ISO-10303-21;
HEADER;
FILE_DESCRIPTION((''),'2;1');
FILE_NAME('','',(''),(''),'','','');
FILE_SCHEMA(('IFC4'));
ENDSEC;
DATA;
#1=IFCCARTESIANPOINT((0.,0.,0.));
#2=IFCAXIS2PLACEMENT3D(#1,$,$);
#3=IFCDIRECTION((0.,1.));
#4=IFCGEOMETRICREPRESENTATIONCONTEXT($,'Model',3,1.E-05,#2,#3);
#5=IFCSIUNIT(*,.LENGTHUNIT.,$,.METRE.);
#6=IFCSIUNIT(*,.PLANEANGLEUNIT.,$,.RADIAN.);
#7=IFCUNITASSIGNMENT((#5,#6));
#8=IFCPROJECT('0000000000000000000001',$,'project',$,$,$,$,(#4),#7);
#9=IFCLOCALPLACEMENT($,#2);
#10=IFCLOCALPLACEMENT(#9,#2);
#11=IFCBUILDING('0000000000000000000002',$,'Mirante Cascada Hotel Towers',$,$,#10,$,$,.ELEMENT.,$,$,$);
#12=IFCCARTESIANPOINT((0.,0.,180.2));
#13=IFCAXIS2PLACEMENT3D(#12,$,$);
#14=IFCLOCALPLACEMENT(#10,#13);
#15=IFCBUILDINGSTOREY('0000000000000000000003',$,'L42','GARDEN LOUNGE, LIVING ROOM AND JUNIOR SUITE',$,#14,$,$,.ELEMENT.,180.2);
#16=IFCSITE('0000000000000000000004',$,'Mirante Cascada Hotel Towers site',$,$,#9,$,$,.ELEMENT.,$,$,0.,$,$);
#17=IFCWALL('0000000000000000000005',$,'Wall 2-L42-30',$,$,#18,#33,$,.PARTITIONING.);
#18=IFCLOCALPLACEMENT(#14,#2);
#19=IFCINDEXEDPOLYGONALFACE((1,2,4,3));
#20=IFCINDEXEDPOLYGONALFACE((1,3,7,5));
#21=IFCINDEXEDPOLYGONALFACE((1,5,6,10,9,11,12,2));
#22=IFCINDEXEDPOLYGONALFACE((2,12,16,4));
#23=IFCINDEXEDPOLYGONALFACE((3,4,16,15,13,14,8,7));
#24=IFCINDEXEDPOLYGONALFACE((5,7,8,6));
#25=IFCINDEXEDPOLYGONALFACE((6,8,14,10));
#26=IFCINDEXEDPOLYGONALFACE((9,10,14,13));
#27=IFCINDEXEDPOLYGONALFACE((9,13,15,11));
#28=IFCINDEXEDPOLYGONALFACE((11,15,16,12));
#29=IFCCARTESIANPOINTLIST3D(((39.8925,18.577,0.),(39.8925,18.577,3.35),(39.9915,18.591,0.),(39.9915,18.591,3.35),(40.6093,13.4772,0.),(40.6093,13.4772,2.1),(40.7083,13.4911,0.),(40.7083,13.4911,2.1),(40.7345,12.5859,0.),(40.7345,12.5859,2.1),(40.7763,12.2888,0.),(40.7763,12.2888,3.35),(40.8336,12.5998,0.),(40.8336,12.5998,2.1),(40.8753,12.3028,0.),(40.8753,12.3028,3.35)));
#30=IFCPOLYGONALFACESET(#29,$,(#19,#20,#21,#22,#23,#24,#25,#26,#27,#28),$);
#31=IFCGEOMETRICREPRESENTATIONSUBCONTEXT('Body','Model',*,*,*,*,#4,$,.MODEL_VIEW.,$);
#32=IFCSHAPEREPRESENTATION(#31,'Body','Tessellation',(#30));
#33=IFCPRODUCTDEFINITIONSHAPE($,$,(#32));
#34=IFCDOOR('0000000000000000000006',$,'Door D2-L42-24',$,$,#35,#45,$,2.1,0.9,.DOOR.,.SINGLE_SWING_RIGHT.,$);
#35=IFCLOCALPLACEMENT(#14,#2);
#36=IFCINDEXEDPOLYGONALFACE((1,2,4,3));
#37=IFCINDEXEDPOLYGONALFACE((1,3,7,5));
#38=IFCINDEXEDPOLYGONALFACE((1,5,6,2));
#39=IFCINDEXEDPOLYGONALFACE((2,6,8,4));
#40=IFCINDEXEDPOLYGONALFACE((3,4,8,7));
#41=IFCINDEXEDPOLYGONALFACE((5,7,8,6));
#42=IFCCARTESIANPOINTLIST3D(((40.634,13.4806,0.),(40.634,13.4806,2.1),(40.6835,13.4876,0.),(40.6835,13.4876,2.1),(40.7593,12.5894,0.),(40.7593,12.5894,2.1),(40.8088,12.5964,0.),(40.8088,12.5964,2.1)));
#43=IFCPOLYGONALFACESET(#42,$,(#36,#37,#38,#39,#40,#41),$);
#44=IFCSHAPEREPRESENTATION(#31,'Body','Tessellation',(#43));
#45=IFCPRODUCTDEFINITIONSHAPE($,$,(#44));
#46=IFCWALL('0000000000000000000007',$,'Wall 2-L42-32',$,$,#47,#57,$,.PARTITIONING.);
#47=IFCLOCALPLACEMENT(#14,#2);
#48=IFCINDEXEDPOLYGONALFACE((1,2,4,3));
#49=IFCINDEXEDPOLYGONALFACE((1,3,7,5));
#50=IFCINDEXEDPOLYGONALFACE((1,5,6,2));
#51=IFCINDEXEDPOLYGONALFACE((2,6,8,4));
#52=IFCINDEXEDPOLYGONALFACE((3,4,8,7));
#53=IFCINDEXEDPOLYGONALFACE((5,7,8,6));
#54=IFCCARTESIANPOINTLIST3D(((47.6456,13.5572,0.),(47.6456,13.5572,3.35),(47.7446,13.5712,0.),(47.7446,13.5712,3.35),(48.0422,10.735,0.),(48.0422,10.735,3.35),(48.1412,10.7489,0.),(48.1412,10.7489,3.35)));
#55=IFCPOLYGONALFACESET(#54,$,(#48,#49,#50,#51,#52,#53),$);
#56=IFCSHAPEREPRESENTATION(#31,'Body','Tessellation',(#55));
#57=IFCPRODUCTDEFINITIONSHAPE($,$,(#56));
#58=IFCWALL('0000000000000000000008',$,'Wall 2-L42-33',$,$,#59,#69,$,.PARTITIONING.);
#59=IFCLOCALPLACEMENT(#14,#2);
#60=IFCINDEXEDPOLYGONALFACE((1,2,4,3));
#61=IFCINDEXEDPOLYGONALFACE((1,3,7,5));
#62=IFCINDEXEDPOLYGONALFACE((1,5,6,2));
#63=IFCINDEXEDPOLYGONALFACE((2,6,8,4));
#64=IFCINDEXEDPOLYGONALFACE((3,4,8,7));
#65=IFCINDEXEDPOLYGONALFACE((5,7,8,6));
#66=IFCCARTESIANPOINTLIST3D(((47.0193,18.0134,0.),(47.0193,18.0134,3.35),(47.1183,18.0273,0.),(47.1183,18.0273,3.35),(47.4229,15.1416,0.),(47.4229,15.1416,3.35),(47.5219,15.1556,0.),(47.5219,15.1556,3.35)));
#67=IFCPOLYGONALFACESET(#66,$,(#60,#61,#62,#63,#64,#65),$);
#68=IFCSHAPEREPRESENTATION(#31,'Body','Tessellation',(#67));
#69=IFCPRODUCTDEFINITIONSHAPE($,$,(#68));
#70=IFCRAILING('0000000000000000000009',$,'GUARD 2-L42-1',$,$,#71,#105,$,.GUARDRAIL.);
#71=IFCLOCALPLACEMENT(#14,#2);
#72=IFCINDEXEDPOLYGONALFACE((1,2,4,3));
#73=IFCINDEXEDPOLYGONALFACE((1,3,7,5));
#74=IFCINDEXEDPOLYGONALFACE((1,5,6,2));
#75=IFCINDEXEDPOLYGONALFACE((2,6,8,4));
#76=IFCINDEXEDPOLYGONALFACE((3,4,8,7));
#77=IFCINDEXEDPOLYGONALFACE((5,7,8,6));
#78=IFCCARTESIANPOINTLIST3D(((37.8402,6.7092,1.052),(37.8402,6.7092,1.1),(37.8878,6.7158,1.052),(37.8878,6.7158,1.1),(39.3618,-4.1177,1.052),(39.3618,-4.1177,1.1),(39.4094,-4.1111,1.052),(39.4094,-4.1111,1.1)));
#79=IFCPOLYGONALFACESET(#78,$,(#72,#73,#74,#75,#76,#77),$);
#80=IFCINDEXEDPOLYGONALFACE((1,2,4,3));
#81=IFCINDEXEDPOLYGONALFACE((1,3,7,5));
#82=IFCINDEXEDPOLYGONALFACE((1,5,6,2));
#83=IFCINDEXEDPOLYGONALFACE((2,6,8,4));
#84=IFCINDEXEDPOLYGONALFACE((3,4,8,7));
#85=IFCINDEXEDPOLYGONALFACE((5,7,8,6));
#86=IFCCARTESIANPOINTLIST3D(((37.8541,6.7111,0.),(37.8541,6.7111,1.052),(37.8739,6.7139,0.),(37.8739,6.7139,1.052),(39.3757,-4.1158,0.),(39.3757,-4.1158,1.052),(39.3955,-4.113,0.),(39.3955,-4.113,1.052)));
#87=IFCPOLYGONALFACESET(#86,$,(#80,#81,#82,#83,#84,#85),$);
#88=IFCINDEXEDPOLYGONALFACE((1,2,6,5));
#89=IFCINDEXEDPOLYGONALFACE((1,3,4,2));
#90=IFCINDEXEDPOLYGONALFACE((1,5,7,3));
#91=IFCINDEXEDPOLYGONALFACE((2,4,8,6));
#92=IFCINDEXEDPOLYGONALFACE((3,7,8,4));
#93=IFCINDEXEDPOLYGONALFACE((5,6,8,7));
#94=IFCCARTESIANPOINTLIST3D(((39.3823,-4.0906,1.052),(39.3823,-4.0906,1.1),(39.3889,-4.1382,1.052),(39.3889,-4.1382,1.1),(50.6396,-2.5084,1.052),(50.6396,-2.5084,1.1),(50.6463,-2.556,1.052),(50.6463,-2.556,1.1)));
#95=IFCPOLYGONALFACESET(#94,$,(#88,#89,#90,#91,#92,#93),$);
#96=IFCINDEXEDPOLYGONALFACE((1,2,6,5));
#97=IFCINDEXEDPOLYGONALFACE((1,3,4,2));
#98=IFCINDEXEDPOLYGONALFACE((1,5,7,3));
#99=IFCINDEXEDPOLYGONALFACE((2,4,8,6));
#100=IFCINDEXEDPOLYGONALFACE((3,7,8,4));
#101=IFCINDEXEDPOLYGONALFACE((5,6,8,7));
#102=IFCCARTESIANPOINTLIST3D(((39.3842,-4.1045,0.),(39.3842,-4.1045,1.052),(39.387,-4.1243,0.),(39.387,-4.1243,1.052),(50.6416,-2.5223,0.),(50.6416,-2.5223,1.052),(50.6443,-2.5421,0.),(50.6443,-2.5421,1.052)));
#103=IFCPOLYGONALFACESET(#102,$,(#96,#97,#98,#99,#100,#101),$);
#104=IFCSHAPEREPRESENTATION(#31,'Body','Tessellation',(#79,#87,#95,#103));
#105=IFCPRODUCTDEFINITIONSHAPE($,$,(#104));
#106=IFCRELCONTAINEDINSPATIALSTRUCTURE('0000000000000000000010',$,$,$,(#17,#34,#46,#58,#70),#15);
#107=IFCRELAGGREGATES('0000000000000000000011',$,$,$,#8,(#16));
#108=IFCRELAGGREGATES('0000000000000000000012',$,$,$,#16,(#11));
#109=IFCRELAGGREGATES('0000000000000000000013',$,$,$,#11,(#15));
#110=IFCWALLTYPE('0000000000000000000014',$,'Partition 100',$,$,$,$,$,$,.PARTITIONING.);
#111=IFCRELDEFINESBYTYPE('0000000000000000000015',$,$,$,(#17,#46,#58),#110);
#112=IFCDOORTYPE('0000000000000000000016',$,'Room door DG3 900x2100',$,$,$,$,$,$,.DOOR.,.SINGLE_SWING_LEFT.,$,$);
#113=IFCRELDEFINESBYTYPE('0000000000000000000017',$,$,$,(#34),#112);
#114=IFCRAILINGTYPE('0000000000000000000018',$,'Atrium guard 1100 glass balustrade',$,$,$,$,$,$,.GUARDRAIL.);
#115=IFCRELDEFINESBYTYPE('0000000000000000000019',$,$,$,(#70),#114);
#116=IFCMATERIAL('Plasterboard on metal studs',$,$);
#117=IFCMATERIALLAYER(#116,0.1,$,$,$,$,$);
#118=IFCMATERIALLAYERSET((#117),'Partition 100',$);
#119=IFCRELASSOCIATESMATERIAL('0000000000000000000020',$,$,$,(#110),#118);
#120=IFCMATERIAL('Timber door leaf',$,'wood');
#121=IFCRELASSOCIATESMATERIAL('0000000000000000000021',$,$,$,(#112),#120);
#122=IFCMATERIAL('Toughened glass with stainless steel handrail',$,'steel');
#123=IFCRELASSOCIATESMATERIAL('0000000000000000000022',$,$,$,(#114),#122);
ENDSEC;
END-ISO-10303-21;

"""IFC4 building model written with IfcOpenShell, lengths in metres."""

from ifc_helpers import new_model, si_unit, direction, frame, frame_2d, origin, origin_2d, place, context, subcontext, project, spatial, rectangle, extrude, material, layer, layer_set, type_object, element, fill, save


model = new_model("IFC4")

# Units and contexts
model_context = context("Model", 3, precision=1e-05, world=origin(), true_north=direction((0.0, 1.0)))
body_context = subcontext(model_context, "Body", "Model", "MODEL_VIEW")
ifc_project = project(units=[si_unit("LENGTHUNIT", "METRE"), si_unit("PLANEANGLEUNIT", "RADIAN")], contexts=[model_context])

# Site, building, storey
site_placement = place(None, origin())
site = spatial("IfcSite", under=ifc_project, at=site_placement, Name="Mirante Cascada Hotel Towers site", CompositionType="ELEMENT", RefElevation=0.0)
building_placement = place(site_placement, origin())
building = spatial("IfcBuilding", under=site, at=building_placement, Name="Mirante Cascada Hotel Towers", CompositionType="ELEMENT")
storey_placement = place(building_placement, frame((0.0, 0.0, 180.2)))
storey = spatial("IfcBuildingStorey", under=building, at=storey_placement, Name="L42", Description="GARDEN LOUNGE, LIVING ROOM AND JUNIOR SUITE", CompositionType="ELEMENT", Elevation=180.2)

# Shared definitions
ifc_material_1 = material(Name="Plasterboard on metal studs")
ifc_layer_1 = layer(ifc_material_1, 0.1)
ifc_layer_set_1 = layer_set([ifc_layer_1], Name="Partition 100")
wall_type_1 = type_object("IfcWallType", Name="Partition 100", PredefinedType="PARTITIONING", material=ifc_layer_set_1)

# Shared definitions
ifc_material_2 = material(Name="Timber door leaf", Category="wood")
door_type_1 = type_object("IfcDoorType", Name="Room door DG3 900x2100", OperationType="SINGLE_SWING_LEFT", PredefinedType="DOOR", material=ifc_material_2)

# Wall, opening, door
wall_1_placement = place(storey_placement, frame((39.942, 18.584, 0.0), z_axis=(0.0, 0.0, 1.0), x_axis=(0.139181, -0.990267, 0.0)))
wall_1 = element("IfcWall", 1, at=wall_1_placement, inside=storey, type_object=wall_type_1, Name="Wall 2-L42-30", PredefinedType="PARTITIONING", context=body_context, shape_type="SweptSolid", body=[
    extrude(rectangle(XDim=6.35, YDim=0.1, at=frame_2d((3.175, 0.0))), origin(), (0.0, 0.0, 1.0), 3.35),
])
opening_1_placement = place(wall_1_placement, frame((5.15, 0.0, 0.0)))
opening_1 = element("IfcOpeningElement", 2, at=opening_1_placement, cuts=wall_1, PredefinedType="OPENING", context=body_context, shape_type="SweptSolid", body=[
    extrude(rectangle(XDim=0.9, YDim=2.1, at=frame_2d((0.45, 1.05))), frame((0.0, 0.05, 0.0), z_axis=(0.0, -1.0, 0.0), x_axis=(1.0, 0.0, 0.0)), (0.0, 0.0, 1.0), 0.1),
])
door_1_placement = place(opening_1_placement, frame((0.9, 0.0, 0.0), z_axis=(0.0, 0.0, 1.0), x_axis=(-1.0, 0.0, 0.0)))
door_1 = element("IfcDoor", 3, at=door_1_placement, inside=storey, type_object=door_type_1, Name="Door D2-L42-24", OperationType="SINGLE_SWING_RIGHT", OverallHeight=2.1, OverallWidth=0.9, PredefinedType="DOOR", context=body_context, shape_type="SweptSolid", body=[
    extrude(rectangle(XDim=0.9, YDim=2.1, at=frame_2d((0.45, 1.05))), frame((0.0, 0.025, 0.0), z_axis=(0.0, -1.0, 0.0), x_axis=(1.0, 0.0, 0.0)), (0.0, 0.0, 1.0), 0.05),
])
fill(opening_1, door_1)

# Walls
wall_2_placement = place(storey_placement, frame((47.6951, 13.5642, 0.0), z_axis=(0.0, 0.0, 1.0), x_axis=(0.139156, -0.99027, 0.0)))
element("IfcWall", 4, at=wall_2_placement, inside=storey, type_object=wall_type_1, Name="Wall 2-L42-32", PredefinedType="PARTITIONING", context=body_context, shape_type="SweptSolid", body=[
    extrude(rectangle(XDim=2.85, YDim=0.1, at=frame_2d((1.425, 0.0))), origin(), (0.0, 0.0, 1.0), 3.35),
])
wall_3_placement = place(storey_placement, frame((47.4724, 15.1486, 0.0), z_axis=(0.0, 0.0, 1.0), x_axis=(-0.139171, 0.990268, 0.0)))
element("IfcWall", 5, at=wall_3_placement, inside=storey, type_object=wall_type_1, Name="Wall 2-L42-33", PredefinedType="PARTITIONING", context=body_context, shape_type="SweptSolid", body=[
    extrude(rectangle(XDim=2.9, YDim=0.1, at=frame_2d((1.45, 0.0))), origin(), (0.0, 0.0, 1.0), 3.35),
])

# Railing
ifc_material_3 = material(Name="Toughened glass with stainless steel handrail", Category="steel")
railing_type = type_object("IfcRailingType", Name="Atrium guard 1100 glass balustrade", PredefinedType="GUARDRAIL", material=ifc_material_3)
railing_placement = place(storey_placement, frame((37.864, 6.7125, 0.0)))
element("IfcRailing", 6, at=railing_placement, inside=storey, type_object=railing_type, Name="GUARD 2-L42-1", PredefinedType="GUARDRAIL", context=body_context, shape_type="SweptSolid", body=[
    extrude(rectangle(XDim=0.048, YDim=0.048, at=origin_2d()), frame((0.0, 0.0, 1.076), z_axis=(0.139171, -0.990268, 0.0), x_axis=(0.990268, 0.139171, 0.0)), (0.0, 0.0, 1.0), 10.9333),
    extrude(rectangle(XDim=0.02, YDim=1.052, at=origin_2d()), frame((0.0, 0.0, 0.526), z_axis=(0.139171, -0.990268, 0.0), x_axis=(0.990268, 0.139171, 0.0)), (0.0, 0.0, 1.0), 10.9333),
    extrude(rectangle(XDim=0.048, YDim=0.048, at=origin_2d()), frame((1.5216, -10.8269, 1.076), z_axis=(0.990267, 0.13918, 0.0), x_axis=(-0.13918, 0.990267, 0.0)), (0.0, 0.0, 1.0), 11.368),
    extrude(rectangle(XDim=0.02, YDim=1.052, at=origin_2d()), frame((1.5216, -10.8269, 0.526), z_axis=(0.990267, 0.13918, 0.0), x_axis=(-0.13918, 0.990267, 0.0)), (0.0, 0.0, 1.0), 11.368),
])

save(model, "model.ifc")
